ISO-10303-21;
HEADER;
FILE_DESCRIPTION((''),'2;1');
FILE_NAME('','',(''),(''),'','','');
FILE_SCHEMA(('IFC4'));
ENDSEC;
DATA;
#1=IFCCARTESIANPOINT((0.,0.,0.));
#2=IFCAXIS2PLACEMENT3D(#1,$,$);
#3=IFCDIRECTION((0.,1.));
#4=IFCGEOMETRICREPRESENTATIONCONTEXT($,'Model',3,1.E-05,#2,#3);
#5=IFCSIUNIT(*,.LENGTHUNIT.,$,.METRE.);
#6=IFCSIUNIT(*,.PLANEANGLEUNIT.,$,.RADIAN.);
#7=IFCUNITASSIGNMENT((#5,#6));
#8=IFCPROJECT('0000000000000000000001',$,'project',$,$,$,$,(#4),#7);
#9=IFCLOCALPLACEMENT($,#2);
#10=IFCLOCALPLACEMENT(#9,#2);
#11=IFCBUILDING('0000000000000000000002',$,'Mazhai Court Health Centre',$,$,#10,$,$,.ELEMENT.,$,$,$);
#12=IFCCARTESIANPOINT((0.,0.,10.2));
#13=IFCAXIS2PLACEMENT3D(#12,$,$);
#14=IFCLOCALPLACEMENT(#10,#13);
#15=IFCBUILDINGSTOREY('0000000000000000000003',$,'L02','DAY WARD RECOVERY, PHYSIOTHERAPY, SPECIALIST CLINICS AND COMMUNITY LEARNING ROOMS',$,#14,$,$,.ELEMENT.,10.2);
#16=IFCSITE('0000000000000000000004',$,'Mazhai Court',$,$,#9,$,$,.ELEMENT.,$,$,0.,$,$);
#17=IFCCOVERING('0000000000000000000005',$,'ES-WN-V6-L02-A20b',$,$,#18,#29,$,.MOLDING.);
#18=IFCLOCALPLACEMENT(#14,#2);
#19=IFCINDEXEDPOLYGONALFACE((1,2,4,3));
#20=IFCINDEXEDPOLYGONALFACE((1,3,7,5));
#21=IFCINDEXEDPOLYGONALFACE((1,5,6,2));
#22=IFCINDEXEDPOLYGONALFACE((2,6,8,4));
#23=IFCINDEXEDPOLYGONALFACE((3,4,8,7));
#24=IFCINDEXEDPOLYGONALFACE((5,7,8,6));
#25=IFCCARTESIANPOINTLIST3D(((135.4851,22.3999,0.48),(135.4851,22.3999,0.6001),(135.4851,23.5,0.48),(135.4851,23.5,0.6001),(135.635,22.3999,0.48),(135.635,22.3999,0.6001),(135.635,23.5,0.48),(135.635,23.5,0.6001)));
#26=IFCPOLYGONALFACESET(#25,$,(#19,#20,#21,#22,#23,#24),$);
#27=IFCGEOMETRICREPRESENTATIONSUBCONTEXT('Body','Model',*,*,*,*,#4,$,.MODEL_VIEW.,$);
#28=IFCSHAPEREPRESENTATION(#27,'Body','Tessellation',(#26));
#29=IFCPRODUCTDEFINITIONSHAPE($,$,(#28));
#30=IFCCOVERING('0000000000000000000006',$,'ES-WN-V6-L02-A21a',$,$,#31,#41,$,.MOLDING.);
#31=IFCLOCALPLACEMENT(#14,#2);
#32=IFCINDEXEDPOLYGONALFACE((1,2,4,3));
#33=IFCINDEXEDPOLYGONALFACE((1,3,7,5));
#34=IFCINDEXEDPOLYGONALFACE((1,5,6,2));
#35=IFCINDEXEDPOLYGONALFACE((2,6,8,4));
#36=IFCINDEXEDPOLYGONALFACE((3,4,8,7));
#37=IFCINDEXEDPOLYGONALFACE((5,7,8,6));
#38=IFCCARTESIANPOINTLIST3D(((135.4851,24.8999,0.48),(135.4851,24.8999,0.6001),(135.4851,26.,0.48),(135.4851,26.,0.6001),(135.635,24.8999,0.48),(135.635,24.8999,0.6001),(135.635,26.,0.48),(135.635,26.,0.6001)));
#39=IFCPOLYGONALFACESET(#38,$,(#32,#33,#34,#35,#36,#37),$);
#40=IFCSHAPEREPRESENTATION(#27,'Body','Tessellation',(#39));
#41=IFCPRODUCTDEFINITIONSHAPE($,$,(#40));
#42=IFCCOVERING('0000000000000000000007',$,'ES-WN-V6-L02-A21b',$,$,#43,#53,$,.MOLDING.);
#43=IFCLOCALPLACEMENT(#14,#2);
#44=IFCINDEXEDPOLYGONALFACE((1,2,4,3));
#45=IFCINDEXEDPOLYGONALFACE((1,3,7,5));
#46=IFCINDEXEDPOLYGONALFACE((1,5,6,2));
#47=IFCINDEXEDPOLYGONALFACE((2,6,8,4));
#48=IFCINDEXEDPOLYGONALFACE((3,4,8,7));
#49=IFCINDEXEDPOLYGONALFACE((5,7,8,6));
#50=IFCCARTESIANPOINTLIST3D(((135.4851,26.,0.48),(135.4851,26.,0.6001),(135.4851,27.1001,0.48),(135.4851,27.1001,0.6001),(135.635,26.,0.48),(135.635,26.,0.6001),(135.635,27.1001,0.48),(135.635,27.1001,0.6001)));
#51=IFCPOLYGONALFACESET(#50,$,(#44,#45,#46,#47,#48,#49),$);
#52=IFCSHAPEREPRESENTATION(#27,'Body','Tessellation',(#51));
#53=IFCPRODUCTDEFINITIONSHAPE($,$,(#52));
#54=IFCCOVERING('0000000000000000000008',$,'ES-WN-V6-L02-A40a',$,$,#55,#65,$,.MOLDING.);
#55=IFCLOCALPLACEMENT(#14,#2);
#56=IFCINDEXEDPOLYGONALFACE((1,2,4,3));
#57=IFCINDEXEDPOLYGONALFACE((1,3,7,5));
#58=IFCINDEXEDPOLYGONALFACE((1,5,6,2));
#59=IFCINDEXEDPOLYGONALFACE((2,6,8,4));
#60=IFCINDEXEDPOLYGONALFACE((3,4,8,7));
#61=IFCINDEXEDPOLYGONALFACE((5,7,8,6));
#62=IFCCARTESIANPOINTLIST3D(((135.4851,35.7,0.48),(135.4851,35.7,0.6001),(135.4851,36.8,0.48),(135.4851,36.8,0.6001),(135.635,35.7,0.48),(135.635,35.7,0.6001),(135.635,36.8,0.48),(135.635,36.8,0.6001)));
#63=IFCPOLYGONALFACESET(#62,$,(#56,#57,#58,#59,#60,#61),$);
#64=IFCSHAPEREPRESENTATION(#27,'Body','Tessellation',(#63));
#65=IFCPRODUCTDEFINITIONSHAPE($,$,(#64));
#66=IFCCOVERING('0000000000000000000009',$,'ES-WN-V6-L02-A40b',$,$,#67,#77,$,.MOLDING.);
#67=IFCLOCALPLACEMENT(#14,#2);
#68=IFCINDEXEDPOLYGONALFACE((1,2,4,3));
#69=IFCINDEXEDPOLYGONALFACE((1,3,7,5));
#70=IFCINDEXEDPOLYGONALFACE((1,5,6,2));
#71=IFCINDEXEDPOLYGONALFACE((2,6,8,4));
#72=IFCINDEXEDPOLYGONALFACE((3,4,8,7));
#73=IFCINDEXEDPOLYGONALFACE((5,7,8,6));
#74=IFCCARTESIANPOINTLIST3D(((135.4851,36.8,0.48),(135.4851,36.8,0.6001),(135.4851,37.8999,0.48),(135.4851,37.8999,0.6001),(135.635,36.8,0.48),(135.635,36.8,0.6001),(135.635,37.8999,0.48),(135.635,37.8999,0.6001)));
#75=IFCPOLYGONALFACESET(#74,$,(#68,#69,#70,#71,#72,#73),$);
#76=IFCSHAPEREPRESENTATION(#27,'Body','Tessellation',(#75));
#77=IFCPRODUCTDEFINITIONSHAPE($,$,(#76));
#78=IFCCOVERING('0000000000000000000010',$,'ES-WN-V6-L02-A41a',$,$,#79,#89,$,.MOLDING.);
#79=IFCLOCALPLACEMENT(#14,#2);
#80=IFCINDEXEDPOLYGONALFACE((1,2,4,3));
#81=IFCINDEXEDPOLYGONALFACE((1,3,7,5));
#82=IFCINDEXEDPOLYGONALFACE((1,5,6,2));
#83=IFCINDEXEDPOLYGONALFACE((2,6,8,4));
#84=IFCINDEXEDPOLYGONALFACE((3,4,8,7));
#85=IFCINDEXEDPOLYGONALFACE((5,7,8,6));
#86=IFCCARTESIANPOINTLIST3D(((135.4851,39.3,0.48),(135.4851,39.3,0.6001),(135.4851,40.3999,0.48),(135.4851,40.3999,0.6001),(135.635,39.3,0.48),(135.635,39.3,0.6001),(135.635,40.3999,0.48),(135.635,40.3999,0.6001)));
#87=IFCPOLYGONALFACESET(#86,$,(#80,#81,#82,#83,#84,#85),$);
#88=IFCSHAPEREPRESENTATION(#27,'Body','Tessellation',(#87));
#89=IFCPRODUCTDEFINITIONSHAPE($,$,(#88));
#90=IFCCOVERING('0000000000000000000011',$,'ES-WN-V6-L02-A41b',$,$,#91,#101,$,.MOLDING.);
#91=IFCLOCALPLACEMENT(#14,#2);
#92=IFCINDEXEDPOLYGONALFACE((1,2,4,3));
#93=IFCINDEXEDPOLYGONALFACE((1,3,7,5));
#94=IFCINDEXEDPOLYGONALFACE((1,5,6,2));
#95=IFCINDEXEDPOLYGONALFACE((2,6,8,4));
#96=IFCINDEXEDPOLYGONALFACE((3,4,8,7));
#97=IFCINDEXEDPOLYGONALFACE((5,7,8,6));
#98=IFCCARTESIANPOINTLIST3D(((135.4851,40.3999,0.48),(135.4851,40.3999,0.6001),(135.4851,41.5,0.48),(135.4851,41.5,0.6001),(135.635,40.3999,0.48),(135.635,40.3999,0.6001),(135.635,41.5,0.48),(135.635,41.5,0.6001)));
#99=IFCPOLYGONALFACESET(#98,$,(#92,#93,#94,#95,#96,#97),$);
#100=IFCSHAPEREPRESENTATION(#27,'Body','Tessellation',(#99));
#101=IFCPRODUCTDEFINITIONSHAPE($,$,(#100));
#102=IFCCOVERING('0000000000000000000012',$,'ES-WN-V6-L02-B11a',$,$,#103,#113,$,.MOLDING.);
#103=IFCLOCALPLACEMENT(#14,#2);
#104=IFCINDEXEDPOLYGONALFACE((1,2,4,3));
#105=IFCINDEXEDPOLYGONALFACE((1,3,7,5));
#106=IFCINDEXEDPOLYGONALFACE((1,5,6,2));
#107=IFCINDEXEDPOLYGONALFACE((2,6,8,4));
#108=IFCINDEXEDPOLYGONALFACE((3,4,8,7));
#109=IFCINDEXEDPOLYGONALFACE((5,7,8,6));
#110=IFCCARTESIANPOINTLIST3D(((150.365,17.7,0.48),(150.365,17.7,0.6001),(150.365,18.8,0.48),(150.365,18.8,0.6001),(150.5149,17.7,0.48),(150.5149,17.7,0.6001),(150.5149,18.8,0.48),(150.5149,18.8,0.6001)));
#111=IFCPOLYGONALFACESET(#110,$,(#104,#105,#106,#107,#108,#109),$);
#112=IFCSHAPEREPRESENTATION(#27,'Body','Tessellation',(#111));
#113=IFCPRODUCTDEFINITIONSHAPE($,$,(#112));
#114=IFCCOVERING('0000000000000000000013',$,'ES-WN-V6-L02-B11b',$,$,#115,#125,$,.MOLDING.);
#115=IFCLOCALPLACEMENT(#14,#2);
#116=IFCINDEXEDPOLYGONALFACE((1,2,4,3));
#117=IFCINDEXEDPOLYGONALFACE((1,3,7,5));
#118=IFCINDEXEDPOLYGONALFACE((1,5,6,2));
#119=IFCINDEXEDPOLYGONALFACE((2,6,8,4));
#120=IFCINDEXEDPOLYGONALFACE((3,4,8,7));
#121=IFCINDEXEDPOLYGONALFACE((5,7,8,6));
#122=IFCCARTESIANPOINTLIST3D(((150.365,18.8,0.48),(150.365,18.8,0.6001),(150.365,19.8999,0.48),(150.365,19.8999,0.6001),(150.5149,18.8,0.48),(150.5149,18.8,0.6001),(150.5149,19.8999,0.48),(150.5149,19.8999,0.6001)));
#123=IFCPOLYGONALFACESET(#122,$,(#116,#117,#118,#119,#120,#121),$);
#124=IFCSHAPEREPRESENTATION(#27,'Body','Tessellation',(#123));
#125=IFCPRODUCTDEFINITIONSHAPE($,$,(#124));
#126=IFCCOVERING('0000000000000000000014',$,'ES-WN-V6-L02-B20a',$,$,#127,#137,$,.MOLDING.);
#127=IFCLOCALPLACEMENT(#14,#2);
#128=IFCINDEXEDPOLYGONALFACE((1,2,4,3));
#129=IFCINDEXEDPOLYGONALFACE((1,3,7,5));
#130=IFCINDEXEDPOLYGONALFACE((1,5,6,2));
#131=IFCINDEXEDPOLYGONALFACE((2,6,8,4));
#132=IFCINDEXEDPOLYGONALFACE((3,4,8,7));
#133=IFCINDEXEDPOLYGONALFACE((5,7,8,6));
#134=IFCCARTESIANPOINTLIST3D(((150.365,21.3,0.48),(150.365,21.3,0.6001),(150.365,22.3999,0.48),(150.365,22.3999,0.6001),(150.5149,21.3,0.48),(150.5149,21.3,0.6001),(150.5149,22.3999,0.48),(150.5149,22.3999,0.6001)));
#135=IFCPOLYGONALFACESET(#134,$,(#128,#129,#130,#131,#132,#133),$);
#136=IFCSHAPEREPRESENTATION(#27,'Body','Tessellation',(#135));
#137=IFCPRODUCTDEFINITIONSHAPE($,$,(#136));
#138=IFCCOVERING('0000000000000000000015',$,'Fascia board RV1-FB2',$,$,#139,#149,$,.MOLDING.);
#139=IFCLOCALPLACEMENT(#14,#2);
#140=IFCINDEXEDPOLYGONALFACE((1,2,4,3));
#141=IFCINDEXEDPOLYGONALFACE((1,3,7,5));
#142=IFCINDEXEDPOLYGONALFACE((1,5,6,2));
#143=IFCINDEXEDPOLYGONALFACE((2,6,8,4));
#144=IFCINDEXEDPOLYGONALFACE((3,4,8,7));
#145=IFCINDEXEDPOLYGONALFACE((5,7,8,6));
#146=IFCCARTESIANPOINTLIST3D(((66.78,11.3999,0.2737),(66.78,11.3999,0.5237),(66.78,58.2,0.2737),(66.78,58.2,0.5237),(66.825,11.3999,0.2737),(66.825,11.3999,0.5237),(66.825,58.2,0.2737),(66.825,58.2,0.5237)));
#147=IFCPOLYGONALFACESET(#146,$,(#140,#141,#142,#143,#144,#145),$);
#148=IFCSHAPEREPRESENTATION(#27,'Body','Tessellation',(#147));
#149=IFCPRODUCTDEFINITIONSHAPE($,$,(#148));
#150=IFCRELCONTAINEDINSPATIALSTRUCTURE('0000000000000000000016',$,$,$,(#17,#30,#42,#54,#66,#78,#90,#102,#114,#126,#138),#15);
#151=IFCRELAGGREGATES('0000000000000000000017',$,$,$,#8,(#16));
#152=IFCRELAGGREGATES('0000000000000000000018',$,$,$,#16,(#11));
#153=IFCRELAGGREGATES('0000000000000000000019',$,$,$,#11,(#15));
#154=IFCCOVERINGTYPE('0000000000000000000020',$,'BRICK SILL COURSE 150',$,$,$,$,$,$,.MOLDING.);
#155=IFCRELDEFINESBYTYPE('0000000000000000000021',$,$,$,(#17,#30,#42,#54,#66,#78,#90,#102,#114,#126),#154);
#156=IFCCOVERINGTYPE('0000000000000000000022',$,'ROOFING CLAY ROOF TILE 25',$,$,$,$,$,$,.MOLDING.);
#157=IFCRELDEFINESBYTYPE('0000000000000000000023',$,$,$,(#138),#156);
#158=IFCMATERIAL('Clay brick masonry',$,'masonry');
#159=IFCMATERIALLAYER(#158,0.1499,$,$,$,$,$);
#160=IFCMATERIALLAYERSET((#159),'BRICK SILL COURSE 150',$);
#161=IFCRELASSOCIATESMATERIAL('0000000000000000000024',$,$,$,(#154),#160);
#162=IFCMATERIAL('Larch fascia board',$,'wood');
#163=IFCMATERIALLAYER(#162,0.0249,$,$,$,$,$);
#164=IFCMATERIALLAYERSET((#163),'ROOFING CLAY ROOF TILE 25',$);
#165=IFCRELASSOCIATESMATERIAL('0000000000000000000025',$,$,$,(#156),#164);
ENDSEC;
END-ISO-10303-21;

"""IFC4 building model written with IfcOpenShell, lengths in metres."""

from ifc_helpers import new_model, si_unit, direction, frame, origin, place, context, subcontext, project, spatial, polyline, outline, extrude, material, layer, layer_set, type_object, element, save


model = new_model("IFC4")

# Units and contexts
model_context = context("Model", 3, precision=1e-05, world=origin(), true_north=direction((0.0, 1.0)))
body_context = subcontext(model_context, "Body", "Model", "MODEL_VIEW")
ifc_project = project(units=[si_unit("LENGTHUNIT", "METRE"), si_unit("PLANEANGLEUNIT", "RADIAN")], contexts=[model_context])

# Site, building, storey
site_placement = place(None, origin())
site = spatial("IfcSite", under=ifc_project, at=site_placement, Name="Mazhai Court", CompositionType="ELEMENT", RefElevation=0.0)
building_placement = place(site_placement, origin())
building = spatial("IfcBuilding", under=site, at=building_placement, Name="Mazhai Court Health Centre", CompositionType="ELEMENT")
storey_placement = place(building_placement, frame((0.0, 0.0, 10.2)))
storey = spatial("IfcBuildingStorey", under=building, at=storey_placement, Name="L02", Description="DAY WARD RECOVERY, PHYSIOTHERAPY, SPECIALIST CLINICS AND COMMUNITY LEARNING ROOMS", CompositionType="ELEMENT", Elevation=10.2)

# Coverings
ifc_material_1 = material(Name="Clay brick masonry", Category="masonry")
ifc_layer_1 = layer(ifc_material_1, 0.1499)
ifc_layer_set_1 = layer_set([ifc_layer_1], Name="BRICK SILL COURSE 150")
covering_type_1 = type_object("IfcCoveringType", Name="BRICK SILL COURSE 150", PredefinedType="MOLDING", material=ifc_layer_set_1)
covering_1_placement = place(storey_placement, frame((0.0, 0.0, 0.48)))
element("IfcCovering", 1, at=covering_1_placement, inside=storey, type_object=covering_type_1, Name="ES-WN-V6-L02-A20b", PredefinedType="MOLDING", context=body_context, shape_type="SweptSolid", body=[
    extrude(outline(polyline([(135.635, 22.3999), (135.635, 23.5), (135.4851, 23.5), (135.4851, 22.3999), (135.635, 22.3999)])), origin(), (0.0, 0.0, 1.0), 0.1201),
])
covering_2_placement = place(storey_placement, frame((0.0, 0.0, 0.48)))
element("IfcCovering", 2, at=covering_2_placement, inside=storey, type_object=covering_type_1, Name="ES-WN-V6-L02-A21a", PredefinedType="MOLDING", context=body_context, shape_type="SweptSolid", body=[
    extrude(outline(polyline([(135.635, 24.8999), (135.635, 26.0), (135.4851, 26.0), (135.4851, 24.8999), (135.635, 24.8999)])), origin(), (0.0, 0.0, 1.0), 0.1201),
])
covering_3_placement = place(storey_placement, frame((0.0, 0.0, 0.48)))
element("IfcCovering", 3, at=covering_3_placement, inside=storey, type_object=covering_type_1, Name="ES-WN-V6-L02-A21b", PredefinedType="MOLDING", context=body_context, shape_type="SweptSolid", body=[
    extrude(outline(polyline([(135.635, 26.0), (135.635, 27.1001), (135.4851, 27.1001), (135.4851, 26.0), (135.635, 26.0)])), origin(), (0.0, 0.0, 1.0), 0.1201),
])
covering_4_placement = place(storey_placement, frame((0.0, 0.0, 0.48)))
element("IfcCovering", 4, at=covering_4_placement, inside=storey, type_object=covering_type_1, Name="ES-WN-V6-L02-A40a", PredefinedType="MOLDING", context=body_context, shape_type="SweptSolid", body=[
    extrude(outline(polyline([(135.635, 35.7), (135.635, 36.8), (135.4851, 36.8), (135.4851, 35.7), (135.635, 35.7)])), origin(), (0.0, 0.0, 1.0), 0.1201),
])
covering_5_placement = place(storey_placement, frame((0.0, 0.0, 0.48)))
element("IfcCovering", 5, at=covering_5_placement, inside=storey, type_object=covering_type_1, Name="ES-WN-V6-L02-A40b", PredefinedType="MOLDING", context=body_context, shape_type="SweptSolid", body=[
    extrude(outline(polyline([(135.635, 36.8), (135.635, 37.8999), (135.4851, 37.8999), (135.4851, 36.8), (135.635, 36.8)])), origin(), (0.0, 0.0, 1.0), 0.1201),
])
covering_6_placement = place(storey_placement, frame((0.0, 0.0, 0.48)))
element("IfcCovering", 6, at=covering_6_placement, inside=storey, type_object=covering_type_1, Name="ES-WN-V6-L02-A41a", PredefinedType="MOLDING", context=body_context, shape_type="SweptSolid", body=[
    extrude(outline(polyline([(135.635, 39.3), (135.635, 40.3999), (135.4851, 40.3999), (135.4851, 39.3), (135.635, 39.3)])), origin(), (0.0, 0.0, 1.0), 0.1201),
])
covering_7_placement = place(storey_placement, frame((0.0, 0.0, 0.48)))
element("IfcCovering", 7, at=covering_7_placement, inside=storey, type_object=covering_type_1, Name="ES-WN-V6-L02-A41b", PredefinedType="MOLDING", context=body_context, shape_type="SweptSolid", body=[
    extrude(outline(polyline([(135.635, 40.3999), (135.635, 41.5), (135.4851, 41.5), (135.4851, 40.3999), (135.635, 40.3999)])), origin(), (0.0, 0.0, 1.0), 0.1201),
])
covering_8_placement = place(storey_placement, frame((0.0, 0.0, 0.48)))
element("IfcCovering", 8, at=covering_8_placement, inside=storey, type_object=covering_type_1, Name="ES-WN-V6-L02-B11a", PredefinedType="MOLDING", context=body_context, shape_type="SweptSolid", body=[
    extrude(outline(polyline([(150.365, 18.8), (150.365, 17.7), (150.5149, 17.7), (150.5149, 18.8), (150.365, 18.8)])), origin(), (0.0, 0.0, 1.0), 0.1201),
])
covering_9_placement = place(storey_placement, frame((0.0, 0.0, 0.48)))
element("IfcCovering", 9, at=covering_9_placement, inside=storey, type_object=covering_type_1, Name="ES-WN-V6-L02-B11b", PredefinedType="MOLDING", context=body_context, shape_type="SweptSolid", body=[
    extrude(outline(polyline([(150.365, 19.8999), (150.365, 18.8), (150.5149, 18.8), (150.5149, 19.8999), (150.365, 19.8999)])), origin(), (0.0, 0.0, 1.0), 0.1201),
])
covering_10_placement = place(storey_placement, frame((0.0, 0.0, 0.48)))
element("IfcCovering", 10, at=covering_10_placement, inside=storey, type_object=covering_type_1, Name="ES-WN-V6-L02-B20a", PredefinedType="MOLDING", context=body_context, shape_type="SweptSolid", body=[
    extrude(outline(polyline([(150.365, 22.3999), (150.365, 21.3), (150.5149, 21.3), (150.5149, 22.3999), (150.365, 22.3999)])), origin(), (0.0, 0.0, 1.0), 0.1201),
])
ifc_material_2 = material(Name="Larch fascia board", Category="wood")
ifc_layer_2 = layer(ifc_material_2, 0.0249)
ifc_layer_set_2 = layer_set([ifc_layer_2], Name="ROOFING CLAY ROOF TILE 25")
covering_type_2 = type_object("IfcCoveringType", Name="ROOFING CLAY ROOF TILE 25", PredefinedType="MOLDING", material=ifc_layer_set_2)
covering_11_placement = place(storey_placement, frame((0.0, 0.0, 0.2737)))
element("IfcCovering", 11, at=covering_11_placement, inside=storey, type_object=covering_type_2, Name="Fascia board RV1-FB2", PredefinedType="MOLDING", context=body_context, shape_type="SweptSolid", body=[
    extrude(outline(polyline([(66.78, 58.2), (66.78, 11.3999), (66.825, 11.3999), (66.825, 58.2), (66.78, 58.2)])), origin(), (0.0, 0.0, 1.0), 0.25),
])

save(model, "model.ifc")
